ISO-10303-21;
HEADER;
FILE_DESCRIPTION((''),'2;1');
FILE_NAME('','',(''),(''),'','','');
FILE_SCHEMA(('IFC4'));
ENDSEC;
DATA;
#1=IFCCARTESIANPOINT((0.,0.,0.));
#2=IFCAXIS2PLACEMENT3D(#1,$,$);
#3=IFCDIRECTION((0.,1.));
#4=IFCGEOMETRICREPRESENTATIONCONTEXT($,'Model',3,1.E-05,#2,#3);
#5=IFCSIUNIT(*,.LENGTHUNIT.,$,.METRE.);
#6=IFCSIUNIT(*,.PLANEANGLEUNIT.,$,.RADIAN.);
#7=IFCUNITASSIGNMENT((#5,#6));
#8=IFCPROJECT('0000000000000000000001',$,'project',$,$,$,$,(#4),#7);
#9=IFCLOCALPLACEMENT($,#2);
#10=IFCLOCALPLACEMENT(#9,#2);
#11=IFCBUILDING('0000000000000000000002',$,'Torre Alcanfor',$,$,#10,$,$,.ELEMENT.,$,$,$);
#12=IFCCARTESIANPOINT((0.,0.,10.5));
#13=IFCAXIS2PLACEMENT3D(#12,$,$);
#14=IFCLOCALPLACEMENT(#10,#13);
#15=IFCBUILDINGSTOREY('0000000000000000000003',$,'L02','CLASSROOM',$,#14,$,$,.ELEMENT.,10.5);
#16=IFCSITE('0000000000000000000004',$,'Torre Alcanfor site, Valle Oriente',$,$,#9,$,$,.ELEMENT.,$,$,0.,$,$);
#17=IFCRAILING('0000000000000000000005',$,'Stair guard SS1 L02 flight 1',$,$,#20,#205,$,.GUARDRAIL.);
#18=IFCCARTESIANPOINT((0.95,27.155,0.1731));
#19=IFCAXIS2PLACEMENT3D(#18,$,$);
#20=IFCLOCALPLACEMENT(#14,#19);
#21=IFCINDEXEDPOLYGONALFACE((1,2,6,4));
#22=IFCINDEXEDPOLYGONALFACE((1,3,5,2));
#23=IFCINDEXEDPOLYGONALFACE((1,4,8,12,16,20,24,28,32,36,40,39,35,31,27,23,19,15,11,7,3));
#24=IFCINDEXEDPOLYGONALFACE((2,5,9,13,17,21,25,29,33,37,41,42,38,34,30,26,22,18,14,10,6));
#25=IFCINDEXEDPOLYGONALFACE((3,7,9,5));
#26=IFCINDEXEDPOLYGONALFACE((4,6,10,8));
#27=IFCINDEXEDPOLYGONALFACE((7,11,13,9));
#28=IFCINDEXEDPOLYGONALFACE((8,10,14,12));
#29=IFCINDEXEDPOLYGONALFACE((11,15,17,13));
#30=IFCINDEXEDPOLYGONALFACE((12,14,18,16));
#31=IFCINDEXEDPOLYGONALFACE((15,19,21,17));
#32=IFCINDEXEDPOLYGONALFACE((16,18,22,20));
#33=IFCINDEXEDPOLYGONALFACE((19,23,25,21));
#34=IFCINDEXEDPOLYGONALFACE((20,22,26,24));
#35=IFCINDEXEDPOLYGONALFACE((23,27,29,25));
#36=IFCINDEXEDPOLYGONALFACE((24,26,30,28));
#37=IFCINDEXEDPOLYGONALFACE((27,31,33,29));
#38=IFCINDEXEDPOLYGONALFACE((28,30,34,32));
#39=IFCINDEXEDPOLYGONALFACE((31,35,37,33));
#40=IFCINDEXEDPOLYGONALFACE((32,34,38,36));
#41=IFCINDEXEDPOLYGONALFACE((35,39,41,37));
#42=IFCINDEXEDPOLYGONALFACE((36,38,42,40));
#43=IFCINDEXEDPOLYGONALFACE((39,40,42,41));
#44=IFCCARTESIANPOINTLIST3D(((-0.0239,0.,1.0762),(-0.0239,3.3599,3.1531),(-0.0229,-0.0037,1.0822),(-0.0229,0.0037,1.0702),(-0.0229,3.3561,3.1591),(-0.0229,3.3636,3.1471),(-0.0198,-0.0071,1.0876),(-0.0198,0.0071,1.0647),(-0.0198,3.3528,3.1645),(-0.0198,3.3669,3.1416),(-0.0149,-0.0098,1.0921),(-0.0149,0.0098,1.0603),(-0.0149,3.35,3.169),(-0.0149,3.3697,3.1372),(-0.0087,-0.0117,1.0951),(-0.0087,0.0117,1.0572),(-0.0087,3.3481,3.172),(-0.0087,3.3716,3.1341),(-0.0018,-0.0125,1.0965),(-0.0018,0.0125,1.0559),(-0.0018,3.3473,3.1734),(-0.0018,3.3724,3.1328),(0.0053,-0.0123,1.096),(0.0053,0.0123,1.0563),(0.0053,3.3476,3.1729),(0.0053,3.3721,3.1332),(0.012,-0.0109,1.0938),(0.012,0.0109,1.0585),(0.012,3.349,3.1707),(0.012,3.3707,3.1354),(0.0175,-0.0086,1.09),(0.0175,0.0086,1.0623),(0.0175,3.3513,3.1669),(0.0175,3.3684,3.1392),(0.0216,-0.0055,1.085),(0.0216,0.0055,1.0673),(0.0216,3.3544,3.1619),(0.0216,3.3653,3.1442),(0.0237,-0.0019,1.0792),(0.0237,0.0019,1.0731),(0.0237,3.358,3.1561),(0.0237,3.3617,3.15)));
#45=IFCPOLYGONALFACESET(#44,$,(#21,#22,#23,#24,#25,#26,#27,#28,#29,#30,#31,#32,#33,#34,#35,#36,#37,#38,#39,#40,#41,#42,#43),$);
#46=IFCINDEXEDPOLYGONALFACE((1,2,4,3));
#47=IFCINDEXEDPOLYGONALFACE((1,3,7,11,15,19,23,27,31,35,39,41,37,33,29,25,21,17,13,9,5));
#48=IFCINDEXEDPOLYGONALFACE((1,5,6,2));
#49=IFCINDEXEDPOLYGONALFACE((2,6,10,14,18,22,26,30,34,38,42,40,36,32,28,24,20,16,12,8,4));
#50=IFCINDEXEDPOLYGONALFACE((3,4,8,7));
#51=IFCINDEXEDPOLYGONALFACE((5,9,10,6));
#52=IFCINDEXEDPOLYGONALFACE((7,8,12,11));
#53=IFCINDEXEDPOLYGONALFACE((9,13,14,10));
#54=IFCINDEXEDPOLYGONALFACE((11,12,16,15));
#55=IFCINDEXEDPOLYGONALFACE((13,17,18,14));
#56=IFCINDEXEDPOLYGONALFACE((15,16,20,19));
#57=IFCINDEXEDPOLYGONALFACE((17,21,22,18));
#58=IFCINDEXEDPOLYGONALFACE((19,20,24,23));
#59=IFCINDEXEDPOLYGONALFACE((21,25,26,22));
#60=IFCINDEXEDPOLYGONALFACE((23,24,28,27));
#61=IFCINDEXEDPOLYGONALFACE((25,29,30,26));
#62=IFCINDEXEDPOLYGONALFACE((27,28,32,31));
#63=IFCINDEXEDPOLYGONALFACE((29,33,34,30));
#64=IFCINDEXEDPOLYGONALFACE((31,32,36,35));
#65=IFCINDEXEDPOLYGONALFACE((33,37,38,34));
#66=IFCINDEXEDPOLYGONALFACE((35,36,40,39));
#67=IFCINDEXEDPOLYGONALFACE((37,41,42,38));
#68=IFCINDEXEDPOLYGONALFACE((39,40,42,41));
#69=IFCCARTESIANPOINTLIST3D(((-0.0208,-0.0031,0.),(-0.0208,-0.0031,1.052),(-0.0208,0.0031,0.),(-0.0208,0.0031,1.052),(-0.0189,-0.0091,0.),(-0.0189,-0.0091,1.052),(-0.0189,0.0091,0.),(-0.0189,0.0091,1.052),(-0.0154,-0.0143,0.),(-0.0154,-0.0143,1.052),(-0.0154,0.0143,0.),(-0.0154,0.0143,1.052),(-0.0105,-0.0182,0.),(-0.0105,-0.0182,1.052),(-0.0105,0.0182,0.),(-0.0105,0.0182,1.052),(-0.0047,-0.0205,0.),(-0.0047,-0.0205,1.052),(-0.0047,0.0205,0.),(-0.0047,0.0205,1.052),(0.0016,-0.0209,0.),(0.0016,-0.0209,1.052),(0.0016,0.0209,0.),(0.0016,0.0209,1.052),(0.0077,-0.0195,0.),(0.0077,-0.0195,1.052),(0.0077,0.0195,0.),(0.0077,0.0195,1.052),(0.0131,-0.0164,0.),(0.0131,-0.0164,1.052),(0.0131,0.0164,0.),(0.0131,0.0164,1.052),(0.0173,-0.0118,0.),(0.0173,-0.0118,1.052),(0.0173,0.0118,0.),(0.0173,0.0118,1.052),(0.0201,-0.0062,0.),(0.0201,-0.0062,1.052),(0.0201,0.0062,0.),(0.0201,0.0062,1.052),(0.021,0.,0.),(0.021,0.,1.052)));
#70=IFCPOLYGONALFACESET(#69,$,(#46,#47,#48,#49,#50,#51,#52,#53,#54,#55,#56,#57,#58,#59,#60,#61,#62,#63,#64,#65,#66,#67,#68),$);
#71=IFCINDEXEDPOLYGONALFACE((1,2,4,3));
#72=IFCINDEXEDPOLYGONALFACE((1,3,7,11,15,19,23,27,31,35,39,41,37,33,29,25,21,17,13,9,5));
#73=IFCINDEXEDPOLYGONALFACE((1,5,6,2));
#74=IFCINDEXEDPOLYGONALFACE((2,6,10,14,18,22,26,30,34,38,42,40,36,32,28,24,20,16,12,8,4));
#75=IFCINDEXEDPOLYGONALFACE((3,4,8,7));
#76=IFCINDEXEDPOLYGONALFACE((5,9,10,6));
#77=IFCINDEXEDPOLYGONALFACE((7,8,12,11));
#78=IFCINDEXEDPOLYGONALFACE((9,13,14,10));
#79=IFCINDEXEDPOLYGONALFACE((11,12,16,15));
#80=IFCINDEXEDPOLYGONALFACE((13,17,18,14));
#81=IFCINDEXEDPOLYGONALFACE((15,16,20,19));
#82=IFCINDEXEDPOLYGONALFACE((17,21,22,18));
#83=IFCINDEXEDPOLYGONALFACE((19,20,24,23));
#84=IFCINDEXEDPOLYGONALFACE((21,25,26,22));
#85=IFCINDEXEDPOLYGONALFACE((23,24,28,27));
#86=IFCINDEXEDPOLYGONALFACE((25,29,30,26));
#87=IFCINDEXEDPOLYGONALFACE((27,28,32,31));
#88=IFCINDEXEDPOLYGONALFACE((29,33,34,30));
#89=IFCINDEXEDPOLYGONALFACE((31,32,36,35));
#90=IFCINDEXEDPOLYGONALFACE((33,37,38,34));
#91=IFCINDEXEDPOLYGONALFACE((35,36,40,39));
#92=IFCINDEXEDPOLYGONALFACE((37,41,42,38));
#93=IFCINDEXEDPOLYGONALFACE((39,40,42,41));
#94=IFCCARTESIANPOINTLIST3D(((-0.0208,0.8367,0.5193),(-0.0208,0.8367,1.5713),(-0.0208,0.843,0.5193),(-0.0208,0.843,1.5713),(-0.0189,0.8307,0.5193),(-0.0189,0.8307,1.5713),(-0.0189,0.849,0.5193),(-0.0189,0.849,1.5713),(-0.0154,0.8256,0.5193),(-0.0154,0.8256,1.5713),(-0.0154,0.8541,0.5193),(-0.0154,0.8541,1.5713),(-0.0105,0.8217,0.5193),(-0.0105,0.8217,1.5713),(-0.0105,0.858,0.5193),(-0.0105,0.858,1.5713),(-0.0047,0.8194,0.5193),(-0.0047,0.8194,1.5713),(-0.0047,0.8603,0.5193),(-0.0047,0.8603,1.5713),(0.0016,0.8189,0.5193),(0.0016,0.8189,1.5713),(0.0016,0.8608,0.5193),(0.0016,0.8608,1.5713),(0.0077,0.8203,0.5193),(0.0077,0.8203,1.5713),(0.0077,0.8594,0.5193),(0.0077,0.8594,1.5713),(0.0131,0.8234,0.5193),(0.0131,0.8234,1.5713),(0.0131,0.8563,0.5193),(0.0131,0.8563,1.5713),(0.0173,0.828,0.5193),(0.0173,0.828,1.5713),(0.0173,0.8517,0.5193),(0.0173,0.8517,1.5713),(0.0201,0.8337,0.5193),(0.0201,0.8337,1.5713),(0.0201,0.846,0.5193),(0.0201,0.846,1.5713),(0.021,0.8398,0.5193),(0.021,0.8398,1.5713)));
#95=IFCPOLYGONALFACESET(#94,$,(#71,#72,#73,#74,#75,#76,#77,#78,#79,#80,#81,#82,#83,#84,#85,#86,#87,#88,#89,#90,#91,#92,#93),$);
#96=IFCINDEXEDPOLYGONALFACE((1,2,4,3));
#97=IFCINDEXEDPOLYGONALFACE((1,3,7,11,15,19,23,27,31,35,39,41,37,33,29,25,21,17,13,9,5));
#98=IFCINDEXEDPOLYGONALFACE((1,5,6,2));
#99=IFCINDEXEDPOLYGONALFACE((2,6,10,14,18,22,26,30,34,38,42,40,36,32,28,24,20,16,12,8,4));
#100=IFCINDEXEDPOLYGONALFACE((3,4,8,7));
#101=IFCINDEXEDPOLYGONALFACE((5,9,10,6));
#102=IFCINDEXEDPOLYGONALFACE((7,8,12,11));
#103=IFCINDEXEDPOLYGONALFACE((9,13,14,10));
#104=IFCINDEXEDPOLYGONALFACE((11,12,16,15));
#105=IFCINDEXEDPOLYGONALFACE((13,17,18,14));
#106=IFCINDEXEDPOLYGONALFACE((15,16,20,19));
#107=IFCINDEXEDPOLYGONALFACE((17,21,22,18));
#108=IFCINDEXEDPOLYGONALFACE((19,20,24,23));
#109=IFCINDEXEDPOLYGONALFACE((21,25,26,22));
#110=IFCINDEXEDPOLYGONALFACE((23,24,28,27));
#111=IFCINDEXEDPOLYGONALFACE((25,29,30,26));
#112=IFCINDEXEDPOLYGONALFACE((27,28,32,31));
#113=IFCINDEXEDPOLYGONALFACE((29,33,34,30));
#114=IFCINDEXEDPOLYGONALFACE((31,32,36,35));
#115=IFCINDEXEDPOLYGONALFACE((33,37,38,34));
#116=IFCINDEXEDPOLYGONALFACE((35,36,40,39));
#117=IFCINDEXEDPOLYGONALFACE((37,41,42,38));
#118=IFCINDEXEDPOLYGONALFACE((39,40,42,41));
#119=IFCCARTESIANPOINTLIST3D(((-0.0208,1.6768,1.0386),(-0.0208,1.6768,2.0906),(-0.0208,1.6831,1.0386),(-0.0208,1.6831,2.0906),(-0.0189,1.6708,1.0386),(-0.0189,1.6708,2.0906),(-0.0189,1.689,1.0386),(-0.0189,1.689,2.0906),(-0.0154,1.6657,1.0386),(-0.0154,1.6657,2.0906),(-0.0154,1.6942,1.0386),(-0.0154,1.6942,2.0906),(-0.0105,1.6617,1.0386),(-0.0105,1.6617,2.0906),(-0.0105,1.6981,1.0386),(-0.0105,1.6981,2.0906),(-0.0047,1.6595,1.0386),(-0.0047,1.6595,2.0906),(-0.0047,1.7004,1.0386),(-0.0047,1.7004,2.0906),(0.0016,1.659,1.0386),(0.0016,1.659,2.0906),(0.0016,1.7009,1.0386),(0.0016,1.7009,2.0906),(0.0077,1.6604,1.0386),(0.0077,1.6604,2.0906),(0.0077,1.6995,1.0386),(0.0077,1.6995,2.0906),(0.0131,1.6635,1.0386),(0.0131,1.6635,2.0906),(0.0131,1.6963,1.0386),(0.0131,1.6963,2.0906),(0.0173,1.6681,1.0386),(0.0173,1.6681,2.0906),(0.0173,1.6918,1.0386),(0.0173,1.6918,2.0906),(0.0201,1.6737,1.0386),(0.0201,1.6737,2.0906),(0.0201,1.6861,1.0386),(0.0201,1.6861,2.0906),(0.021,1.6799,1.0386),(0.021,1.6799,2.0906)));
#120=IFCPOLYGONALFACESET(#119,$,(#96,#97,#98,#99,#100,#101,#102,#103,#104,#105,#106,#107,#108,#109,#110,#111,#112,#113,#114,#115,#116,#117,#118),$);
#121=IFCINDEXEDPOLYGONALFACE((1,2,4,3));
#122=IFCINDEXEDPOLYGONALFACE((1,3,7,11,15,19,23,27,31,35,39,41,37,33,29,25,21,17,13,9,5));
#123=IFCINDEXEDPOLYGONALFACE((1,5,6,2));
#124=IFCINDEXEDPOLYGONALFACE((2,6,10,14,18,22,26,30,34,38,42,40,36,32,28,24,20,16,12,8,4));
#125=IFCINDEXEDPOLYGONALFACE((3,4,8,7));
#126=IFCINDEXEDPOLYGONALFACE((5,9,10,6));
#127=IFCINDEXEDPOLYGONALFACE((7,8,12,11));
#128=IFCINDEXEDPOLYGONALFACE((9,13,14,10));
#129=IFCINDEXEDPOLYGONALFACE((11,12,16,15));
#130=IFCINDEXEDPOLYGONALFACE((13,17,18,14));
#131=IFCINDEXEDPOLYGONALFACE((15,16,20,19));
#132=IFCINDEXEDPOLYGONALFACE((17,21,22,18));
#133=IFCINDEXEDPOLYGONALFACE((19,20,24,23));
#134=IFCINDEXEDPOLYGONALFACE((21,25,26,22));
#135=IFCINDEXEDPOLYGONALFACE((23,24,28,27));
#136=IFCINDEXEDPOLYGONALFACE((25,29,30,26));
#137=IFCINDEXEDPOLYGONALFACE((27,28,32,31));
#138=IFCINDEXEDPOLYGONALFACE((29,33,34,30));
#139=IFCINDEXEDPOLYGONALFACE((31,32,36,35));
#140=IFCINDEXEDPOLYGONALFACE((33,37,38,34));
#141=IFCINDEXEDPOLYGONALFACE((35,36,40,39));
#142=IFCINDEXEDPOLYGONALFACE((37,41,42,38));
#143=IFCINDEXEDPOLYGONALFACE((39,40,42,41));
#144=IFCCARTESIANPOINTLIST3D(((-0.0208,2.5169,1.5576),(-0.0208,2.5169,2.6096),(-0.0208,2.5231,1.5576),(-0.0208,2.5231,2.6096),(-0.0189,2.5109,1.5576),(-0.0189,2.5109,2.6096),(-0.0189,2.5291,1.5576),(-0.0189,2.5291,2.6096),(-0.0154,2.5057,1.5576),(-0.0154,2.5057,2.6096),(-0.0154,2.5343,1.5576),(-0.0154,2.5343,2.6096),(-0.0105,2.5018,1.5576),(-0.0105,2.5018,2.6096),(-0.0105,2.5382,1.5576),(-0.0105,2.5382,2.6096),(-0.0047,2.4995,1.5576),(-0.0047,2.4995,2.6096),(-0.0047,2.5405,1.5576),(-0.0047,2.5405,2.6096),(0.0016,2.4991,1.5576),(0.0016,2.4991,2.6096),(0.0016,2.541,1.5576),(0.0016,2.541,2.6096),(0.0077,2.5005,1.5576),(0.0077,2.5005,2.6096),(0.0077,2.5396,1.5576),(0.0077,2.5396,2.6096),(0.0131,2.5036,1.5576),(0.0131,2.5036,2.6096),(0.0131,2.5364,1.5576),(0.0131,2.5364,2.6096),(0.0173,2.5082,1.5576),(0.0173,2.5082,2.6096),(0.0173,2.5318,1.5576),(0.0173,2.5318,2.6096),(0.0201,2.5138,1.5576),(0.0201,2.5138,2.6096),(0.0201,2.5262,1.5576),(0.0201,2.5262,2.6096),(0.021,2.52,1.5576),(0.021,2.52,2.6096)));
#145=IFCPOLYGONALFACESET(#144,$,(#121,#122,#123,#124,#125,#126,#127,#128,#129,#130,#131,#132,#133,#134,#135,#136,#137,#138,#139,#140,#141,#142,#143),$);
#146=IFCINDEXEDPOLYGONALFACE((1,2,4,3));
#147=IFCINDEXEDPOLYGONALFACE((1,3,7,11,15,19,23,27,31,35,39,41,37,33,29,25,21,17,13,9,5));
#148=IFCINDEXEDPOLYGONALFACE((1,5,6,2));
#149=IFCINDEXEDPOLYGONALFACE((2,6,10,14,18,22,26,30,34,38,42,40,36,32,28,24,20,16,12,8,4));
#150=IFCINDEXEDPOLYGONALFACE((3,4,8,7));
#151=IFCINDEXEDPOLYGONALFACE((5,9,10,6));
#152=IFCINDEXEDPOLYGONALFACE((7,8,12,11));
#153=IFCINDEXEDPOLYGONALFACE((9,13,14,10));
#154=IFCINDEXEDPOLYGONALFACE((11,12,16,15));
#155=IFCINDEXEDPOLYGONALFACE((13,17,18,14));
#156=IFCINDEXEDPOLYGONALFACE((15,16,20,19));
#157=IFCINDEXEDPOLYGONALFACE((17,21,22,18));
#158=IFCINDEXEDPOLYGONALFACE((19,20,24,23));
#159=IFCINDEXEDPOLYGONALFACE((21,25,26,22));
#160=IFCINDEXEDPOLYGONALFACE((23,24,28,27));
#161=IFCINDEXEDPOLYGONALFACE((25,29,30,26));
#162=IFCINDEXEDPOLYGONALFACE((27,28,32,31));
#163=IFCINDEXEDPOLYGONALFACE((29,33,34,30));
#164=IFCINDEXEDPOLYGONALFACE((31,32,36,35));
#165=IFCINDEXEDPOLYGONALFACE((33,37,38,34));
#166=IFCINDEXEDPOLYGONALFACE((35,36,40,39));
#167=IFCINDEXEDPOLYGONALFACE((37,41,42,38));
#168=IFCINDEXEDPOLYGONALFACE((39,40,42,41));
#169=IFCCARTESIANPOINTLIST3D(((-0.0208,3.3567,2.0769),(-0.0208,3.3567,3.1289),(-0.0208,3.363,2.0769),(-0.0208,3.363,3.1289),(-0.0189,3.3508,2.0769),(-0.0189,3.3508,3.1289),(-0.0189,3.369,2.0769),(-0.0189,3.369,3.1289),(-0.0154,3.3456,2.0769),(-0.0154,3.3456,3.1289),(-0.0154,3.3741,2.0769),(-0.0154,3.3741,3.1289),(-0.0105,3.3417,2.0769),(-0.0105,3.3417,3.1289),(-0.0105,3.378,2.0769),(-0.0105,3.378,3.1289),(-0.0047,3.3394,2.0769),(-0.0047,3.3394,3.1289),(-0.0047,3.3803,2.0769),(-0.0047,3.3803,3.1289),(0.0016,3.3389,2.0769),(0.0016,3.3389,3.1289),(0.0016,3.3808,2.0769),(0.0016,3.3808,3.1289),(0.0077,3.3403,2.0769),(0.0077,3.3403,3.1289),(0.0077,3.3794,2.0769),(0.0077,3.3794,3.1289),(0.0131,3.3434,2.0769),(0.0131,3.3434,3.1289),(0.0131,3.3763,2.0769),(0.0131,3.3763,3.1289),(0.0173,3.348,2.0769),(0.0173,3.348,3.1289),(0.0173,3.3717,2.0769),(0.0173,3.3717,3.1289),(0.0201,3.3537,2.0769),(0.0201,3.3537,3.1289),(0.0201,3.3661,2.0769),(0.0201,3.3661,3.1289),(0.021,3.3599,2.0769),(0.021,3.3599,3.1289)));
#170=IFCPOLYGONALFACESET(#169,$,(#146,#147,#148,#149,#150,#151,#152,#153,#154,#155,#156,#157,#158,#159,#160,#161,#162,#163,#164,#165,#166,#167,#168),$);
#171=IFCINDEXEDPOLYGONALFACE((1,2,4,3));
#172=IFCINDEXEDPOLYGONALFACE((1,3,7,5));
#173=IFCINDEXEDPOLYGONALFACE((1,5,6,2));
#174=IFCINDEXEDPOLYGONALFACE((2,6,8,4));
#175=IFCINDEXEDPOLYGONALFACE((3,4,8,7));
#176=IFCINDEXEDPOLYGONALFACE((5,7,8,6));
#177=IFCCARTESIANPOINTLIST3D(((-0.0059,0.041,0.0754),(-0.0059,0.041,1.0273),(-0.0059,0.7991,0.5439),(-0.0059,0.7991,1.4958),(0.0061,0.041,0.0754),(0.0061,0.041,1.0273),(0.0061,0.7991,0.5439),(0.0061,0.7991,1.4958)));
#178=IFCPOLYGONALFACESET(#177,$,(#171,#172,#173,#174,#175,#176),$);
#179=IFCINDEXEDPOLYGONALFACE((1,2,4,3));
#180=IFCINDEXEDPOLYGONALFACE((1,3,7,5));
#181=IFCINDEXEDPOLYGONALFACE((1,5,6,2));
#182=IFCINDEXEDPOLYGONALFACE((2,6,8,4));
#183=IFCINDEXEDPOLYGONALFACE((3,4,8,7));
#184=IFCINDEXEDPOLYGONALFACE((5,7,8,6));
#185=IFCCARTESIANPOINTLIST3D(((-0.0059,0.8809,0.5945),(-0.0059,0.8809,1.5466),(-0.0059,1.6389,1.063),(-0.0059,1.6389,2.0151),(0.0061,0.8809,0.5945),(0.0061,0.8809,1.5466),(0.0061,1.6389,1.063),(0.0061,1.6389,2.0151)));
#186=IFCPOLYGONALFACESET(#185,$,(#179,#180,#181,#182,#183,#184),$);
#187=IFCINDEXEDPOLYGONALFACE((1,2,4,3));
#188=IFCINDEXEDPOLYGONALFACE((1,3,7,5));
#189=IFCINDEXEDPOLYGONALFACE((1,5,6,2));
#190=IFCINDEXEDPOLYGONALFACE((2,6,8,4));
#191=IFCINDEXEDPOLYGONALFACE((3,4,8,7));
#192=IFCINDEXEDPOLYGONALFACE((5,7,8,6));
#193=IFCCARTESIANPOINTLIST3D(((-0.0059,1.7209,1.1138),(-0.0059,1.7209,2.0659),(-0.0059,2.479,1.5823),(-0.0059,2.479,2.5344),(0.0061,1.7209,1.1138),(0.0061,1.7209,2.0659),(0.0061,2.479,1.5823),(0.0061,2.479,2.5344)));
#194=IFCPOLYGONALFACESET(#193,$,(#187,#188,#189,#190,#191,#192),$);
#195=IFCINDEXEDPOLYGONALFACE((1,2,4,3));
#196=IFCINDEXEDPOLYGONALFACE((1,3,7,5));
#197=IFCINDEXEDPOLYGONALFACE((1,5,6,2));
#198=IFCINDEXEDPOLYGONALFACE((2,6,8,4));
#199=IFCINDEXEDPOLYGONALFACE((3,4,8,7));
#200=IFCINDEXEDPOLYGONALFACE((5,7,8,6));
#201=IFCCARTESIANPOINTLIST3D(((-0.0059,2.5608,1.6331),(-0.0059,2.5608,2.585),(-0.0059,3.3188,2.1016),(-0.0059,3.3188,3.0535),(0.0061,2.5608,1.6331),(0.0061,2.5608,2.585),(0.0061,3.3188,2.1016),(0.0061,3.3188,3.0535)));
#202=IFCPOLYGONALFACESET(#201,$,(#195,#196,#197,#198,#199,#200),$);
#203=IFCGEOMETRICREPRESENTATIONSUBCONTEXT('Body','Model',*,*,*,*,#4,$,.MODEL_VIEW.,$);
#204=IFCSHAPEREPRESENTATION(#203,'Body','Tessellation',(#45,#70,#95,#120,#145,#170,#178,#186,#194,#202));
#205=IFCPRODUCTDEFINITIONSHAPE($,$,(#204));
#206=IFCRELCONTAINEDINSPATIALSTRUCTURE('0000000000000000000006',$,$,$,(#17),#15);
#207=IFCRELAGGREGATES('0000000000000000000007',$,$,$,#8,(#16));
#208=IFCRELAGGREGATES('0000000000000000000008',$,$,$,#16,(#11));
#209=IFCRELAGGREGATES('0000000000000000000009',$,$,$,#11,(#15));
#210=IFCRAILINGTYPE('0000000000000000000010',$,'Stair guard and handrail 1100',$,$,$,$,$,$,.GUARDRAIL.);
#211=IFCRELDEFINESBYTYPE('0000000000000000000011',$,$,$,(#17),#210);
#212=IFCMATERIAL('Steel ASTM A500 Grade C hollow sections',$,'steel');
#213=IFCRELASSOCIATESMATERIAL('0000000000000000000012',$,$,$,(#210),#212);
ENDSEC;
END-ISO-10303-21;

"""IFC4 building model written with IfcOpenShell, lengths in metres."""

from ifc_helpers import new_model, si_unit, direction, frame, origin, origin_2d, place, context, subcontext, project, spatial, polyline, circle, outline, extrude, material, type_object, element, save


model = new_model("IFC4")

# Units and contexts
model_context = context("Model", 3, precision=1e-05, world=origin(), true_north=direction((0.0, 1.0)))
body_context = subcontext(model_context, "Body", "Model", "MODEL_VIEW")
ifc_project = project(units=[si_unit("LENGTHUNIT", "METRE"), si_unit("PLANEANGLEUNIT", "RADIAN")], contexts=[model_context])

# Site, building, storey
site_placement = place(None, origin())
site = spatial("IfcSite", under=ifc_project, at=site_placement, Name="Torre Alcanfor site, Valle Oriente", CompositionType="ELEMENT", RefElevation=0.0)
building_placement = place(site_placement, origin())
building = spatial("IfcBuilding", under=site, at=building_placement, Name="Torre Alcanfor", CompositionType="ELEMENT")
storey_placement = place(building_placement, frame((0.0, 0.0, 10.5)))
storey = spatial("IfcBuildingStorey", under=building, at=storey_placement, Name="L02", Description="CLASSROOM", CompositionType="ELEMENT", Elevation=10.5)

# Railing
ifc_material_1 = material(Name="Steel ASTM A500 Grade C hollow sections", Category="steel")
railing_type_1 = type_object("IfcRailingType", Name="Stair guard and handrail 1100", PredefinedType="GUARDRAIL", material=ifc_material_1)
railing_1_placement = place(storey_placement, frame((0.95, 27.155, 0.1731)))
element("IfcRailing", 1, at=railing_1_placement, inside=storey, type_object=railing_type_1, Name="Stair guard SS1 L02 flight 1", PredefinedType="GUARDRAIL", context=body_context, shape_type="SweptSolid", body=[
    extrude(circle(Radius=0.0239, at=origin_2d()), frame((0.0, 0.0, 1.0762), z_axis=(0.0, 0.850606, 0.525803), x_axis=(-1.0, 0.0, 0.0)), (0.0, 0.0, 1.0), 3.95),
    extrude(circle(Radius=0.021, at=origin_2d()), origin(), (0.0, 0.0, 1.0), 1.052),
    extrude(circle(Radius=0.021, at=origin_2d()), frame((0.0, 0.8398, 0.5193)), (0.0, 0.0, 1.0), 1.052),
    extrude(circle(Radius=0.021, at=origin_2d()), frame((0.0, 1.6799, 1.0386)), (0.0, 0.0, 1.0), 1.052),
    extrude(circle(Radius=0.021, at=origin_2d()), frame((0.0, 2.52, 1.5576)), (0.0, 0.0, 1.0), 1.052),
    extrude(circle(Radius=0.021, at=origin_2d()), frame((0.0, 3.3599, 2.0769)), (0.0, 0.0, 1.0), 1.052),
    extrude(outline(polyline([(0.041, 0.0754), (0.7991, 0.5439), (0.7991, 1.4958), (0.041, 1.0273), (0.041, 0.0754)])), frame((-0.0059, 0.0, 0.0), z_axis=(1.0, 0.0, 0.0), x_axis=(0.0, 1.0, 0.0)), (0.0, 0.0, 1.0), 0.012),
    extrude(outline(polyline([(0.8809, 0.5945), (1.6389, 1.063), (1.6389, 2.0151), (0.8809, 1.5466), (0.8809, 0.5945)])), frame((-0.0059, 0.0, 0.0), z_axis=(1.0, 0.0, 0.0), x_axis=(0.0, 1.0, 0.0)), (0.0, 0.0, 1.0), 0.012),
    extrude(outline(polyline([(1.7209, 1.1138), (2.479, 1.5823), (2.479, 2.5344), (1.7209, 2.0659), (1.7209, 1.1138)])), frame((-0.0059, 0.0, 0.0), z_axis=(1.0, 0.0, 0.0), x_axis=(0.0, 1.0, 0.0)), (0.0, 0.0, 1.0), 0.012),
    extrude(outline(polyline([(2.5608, 1.6331), (3.3188, 2.1016), (3.3188, 3.0535), (2.5608, 2.585), (2.5608, 1.6331)])), frame((-0.0059, 0.0, 0.0), z_axis=(1.0, 0.0, 0.0), x_axis=(0.0, 1.0, 0.0)), (0.0, 0.0, 1.0), 0.012),
])

save(model, "model.ifc")
